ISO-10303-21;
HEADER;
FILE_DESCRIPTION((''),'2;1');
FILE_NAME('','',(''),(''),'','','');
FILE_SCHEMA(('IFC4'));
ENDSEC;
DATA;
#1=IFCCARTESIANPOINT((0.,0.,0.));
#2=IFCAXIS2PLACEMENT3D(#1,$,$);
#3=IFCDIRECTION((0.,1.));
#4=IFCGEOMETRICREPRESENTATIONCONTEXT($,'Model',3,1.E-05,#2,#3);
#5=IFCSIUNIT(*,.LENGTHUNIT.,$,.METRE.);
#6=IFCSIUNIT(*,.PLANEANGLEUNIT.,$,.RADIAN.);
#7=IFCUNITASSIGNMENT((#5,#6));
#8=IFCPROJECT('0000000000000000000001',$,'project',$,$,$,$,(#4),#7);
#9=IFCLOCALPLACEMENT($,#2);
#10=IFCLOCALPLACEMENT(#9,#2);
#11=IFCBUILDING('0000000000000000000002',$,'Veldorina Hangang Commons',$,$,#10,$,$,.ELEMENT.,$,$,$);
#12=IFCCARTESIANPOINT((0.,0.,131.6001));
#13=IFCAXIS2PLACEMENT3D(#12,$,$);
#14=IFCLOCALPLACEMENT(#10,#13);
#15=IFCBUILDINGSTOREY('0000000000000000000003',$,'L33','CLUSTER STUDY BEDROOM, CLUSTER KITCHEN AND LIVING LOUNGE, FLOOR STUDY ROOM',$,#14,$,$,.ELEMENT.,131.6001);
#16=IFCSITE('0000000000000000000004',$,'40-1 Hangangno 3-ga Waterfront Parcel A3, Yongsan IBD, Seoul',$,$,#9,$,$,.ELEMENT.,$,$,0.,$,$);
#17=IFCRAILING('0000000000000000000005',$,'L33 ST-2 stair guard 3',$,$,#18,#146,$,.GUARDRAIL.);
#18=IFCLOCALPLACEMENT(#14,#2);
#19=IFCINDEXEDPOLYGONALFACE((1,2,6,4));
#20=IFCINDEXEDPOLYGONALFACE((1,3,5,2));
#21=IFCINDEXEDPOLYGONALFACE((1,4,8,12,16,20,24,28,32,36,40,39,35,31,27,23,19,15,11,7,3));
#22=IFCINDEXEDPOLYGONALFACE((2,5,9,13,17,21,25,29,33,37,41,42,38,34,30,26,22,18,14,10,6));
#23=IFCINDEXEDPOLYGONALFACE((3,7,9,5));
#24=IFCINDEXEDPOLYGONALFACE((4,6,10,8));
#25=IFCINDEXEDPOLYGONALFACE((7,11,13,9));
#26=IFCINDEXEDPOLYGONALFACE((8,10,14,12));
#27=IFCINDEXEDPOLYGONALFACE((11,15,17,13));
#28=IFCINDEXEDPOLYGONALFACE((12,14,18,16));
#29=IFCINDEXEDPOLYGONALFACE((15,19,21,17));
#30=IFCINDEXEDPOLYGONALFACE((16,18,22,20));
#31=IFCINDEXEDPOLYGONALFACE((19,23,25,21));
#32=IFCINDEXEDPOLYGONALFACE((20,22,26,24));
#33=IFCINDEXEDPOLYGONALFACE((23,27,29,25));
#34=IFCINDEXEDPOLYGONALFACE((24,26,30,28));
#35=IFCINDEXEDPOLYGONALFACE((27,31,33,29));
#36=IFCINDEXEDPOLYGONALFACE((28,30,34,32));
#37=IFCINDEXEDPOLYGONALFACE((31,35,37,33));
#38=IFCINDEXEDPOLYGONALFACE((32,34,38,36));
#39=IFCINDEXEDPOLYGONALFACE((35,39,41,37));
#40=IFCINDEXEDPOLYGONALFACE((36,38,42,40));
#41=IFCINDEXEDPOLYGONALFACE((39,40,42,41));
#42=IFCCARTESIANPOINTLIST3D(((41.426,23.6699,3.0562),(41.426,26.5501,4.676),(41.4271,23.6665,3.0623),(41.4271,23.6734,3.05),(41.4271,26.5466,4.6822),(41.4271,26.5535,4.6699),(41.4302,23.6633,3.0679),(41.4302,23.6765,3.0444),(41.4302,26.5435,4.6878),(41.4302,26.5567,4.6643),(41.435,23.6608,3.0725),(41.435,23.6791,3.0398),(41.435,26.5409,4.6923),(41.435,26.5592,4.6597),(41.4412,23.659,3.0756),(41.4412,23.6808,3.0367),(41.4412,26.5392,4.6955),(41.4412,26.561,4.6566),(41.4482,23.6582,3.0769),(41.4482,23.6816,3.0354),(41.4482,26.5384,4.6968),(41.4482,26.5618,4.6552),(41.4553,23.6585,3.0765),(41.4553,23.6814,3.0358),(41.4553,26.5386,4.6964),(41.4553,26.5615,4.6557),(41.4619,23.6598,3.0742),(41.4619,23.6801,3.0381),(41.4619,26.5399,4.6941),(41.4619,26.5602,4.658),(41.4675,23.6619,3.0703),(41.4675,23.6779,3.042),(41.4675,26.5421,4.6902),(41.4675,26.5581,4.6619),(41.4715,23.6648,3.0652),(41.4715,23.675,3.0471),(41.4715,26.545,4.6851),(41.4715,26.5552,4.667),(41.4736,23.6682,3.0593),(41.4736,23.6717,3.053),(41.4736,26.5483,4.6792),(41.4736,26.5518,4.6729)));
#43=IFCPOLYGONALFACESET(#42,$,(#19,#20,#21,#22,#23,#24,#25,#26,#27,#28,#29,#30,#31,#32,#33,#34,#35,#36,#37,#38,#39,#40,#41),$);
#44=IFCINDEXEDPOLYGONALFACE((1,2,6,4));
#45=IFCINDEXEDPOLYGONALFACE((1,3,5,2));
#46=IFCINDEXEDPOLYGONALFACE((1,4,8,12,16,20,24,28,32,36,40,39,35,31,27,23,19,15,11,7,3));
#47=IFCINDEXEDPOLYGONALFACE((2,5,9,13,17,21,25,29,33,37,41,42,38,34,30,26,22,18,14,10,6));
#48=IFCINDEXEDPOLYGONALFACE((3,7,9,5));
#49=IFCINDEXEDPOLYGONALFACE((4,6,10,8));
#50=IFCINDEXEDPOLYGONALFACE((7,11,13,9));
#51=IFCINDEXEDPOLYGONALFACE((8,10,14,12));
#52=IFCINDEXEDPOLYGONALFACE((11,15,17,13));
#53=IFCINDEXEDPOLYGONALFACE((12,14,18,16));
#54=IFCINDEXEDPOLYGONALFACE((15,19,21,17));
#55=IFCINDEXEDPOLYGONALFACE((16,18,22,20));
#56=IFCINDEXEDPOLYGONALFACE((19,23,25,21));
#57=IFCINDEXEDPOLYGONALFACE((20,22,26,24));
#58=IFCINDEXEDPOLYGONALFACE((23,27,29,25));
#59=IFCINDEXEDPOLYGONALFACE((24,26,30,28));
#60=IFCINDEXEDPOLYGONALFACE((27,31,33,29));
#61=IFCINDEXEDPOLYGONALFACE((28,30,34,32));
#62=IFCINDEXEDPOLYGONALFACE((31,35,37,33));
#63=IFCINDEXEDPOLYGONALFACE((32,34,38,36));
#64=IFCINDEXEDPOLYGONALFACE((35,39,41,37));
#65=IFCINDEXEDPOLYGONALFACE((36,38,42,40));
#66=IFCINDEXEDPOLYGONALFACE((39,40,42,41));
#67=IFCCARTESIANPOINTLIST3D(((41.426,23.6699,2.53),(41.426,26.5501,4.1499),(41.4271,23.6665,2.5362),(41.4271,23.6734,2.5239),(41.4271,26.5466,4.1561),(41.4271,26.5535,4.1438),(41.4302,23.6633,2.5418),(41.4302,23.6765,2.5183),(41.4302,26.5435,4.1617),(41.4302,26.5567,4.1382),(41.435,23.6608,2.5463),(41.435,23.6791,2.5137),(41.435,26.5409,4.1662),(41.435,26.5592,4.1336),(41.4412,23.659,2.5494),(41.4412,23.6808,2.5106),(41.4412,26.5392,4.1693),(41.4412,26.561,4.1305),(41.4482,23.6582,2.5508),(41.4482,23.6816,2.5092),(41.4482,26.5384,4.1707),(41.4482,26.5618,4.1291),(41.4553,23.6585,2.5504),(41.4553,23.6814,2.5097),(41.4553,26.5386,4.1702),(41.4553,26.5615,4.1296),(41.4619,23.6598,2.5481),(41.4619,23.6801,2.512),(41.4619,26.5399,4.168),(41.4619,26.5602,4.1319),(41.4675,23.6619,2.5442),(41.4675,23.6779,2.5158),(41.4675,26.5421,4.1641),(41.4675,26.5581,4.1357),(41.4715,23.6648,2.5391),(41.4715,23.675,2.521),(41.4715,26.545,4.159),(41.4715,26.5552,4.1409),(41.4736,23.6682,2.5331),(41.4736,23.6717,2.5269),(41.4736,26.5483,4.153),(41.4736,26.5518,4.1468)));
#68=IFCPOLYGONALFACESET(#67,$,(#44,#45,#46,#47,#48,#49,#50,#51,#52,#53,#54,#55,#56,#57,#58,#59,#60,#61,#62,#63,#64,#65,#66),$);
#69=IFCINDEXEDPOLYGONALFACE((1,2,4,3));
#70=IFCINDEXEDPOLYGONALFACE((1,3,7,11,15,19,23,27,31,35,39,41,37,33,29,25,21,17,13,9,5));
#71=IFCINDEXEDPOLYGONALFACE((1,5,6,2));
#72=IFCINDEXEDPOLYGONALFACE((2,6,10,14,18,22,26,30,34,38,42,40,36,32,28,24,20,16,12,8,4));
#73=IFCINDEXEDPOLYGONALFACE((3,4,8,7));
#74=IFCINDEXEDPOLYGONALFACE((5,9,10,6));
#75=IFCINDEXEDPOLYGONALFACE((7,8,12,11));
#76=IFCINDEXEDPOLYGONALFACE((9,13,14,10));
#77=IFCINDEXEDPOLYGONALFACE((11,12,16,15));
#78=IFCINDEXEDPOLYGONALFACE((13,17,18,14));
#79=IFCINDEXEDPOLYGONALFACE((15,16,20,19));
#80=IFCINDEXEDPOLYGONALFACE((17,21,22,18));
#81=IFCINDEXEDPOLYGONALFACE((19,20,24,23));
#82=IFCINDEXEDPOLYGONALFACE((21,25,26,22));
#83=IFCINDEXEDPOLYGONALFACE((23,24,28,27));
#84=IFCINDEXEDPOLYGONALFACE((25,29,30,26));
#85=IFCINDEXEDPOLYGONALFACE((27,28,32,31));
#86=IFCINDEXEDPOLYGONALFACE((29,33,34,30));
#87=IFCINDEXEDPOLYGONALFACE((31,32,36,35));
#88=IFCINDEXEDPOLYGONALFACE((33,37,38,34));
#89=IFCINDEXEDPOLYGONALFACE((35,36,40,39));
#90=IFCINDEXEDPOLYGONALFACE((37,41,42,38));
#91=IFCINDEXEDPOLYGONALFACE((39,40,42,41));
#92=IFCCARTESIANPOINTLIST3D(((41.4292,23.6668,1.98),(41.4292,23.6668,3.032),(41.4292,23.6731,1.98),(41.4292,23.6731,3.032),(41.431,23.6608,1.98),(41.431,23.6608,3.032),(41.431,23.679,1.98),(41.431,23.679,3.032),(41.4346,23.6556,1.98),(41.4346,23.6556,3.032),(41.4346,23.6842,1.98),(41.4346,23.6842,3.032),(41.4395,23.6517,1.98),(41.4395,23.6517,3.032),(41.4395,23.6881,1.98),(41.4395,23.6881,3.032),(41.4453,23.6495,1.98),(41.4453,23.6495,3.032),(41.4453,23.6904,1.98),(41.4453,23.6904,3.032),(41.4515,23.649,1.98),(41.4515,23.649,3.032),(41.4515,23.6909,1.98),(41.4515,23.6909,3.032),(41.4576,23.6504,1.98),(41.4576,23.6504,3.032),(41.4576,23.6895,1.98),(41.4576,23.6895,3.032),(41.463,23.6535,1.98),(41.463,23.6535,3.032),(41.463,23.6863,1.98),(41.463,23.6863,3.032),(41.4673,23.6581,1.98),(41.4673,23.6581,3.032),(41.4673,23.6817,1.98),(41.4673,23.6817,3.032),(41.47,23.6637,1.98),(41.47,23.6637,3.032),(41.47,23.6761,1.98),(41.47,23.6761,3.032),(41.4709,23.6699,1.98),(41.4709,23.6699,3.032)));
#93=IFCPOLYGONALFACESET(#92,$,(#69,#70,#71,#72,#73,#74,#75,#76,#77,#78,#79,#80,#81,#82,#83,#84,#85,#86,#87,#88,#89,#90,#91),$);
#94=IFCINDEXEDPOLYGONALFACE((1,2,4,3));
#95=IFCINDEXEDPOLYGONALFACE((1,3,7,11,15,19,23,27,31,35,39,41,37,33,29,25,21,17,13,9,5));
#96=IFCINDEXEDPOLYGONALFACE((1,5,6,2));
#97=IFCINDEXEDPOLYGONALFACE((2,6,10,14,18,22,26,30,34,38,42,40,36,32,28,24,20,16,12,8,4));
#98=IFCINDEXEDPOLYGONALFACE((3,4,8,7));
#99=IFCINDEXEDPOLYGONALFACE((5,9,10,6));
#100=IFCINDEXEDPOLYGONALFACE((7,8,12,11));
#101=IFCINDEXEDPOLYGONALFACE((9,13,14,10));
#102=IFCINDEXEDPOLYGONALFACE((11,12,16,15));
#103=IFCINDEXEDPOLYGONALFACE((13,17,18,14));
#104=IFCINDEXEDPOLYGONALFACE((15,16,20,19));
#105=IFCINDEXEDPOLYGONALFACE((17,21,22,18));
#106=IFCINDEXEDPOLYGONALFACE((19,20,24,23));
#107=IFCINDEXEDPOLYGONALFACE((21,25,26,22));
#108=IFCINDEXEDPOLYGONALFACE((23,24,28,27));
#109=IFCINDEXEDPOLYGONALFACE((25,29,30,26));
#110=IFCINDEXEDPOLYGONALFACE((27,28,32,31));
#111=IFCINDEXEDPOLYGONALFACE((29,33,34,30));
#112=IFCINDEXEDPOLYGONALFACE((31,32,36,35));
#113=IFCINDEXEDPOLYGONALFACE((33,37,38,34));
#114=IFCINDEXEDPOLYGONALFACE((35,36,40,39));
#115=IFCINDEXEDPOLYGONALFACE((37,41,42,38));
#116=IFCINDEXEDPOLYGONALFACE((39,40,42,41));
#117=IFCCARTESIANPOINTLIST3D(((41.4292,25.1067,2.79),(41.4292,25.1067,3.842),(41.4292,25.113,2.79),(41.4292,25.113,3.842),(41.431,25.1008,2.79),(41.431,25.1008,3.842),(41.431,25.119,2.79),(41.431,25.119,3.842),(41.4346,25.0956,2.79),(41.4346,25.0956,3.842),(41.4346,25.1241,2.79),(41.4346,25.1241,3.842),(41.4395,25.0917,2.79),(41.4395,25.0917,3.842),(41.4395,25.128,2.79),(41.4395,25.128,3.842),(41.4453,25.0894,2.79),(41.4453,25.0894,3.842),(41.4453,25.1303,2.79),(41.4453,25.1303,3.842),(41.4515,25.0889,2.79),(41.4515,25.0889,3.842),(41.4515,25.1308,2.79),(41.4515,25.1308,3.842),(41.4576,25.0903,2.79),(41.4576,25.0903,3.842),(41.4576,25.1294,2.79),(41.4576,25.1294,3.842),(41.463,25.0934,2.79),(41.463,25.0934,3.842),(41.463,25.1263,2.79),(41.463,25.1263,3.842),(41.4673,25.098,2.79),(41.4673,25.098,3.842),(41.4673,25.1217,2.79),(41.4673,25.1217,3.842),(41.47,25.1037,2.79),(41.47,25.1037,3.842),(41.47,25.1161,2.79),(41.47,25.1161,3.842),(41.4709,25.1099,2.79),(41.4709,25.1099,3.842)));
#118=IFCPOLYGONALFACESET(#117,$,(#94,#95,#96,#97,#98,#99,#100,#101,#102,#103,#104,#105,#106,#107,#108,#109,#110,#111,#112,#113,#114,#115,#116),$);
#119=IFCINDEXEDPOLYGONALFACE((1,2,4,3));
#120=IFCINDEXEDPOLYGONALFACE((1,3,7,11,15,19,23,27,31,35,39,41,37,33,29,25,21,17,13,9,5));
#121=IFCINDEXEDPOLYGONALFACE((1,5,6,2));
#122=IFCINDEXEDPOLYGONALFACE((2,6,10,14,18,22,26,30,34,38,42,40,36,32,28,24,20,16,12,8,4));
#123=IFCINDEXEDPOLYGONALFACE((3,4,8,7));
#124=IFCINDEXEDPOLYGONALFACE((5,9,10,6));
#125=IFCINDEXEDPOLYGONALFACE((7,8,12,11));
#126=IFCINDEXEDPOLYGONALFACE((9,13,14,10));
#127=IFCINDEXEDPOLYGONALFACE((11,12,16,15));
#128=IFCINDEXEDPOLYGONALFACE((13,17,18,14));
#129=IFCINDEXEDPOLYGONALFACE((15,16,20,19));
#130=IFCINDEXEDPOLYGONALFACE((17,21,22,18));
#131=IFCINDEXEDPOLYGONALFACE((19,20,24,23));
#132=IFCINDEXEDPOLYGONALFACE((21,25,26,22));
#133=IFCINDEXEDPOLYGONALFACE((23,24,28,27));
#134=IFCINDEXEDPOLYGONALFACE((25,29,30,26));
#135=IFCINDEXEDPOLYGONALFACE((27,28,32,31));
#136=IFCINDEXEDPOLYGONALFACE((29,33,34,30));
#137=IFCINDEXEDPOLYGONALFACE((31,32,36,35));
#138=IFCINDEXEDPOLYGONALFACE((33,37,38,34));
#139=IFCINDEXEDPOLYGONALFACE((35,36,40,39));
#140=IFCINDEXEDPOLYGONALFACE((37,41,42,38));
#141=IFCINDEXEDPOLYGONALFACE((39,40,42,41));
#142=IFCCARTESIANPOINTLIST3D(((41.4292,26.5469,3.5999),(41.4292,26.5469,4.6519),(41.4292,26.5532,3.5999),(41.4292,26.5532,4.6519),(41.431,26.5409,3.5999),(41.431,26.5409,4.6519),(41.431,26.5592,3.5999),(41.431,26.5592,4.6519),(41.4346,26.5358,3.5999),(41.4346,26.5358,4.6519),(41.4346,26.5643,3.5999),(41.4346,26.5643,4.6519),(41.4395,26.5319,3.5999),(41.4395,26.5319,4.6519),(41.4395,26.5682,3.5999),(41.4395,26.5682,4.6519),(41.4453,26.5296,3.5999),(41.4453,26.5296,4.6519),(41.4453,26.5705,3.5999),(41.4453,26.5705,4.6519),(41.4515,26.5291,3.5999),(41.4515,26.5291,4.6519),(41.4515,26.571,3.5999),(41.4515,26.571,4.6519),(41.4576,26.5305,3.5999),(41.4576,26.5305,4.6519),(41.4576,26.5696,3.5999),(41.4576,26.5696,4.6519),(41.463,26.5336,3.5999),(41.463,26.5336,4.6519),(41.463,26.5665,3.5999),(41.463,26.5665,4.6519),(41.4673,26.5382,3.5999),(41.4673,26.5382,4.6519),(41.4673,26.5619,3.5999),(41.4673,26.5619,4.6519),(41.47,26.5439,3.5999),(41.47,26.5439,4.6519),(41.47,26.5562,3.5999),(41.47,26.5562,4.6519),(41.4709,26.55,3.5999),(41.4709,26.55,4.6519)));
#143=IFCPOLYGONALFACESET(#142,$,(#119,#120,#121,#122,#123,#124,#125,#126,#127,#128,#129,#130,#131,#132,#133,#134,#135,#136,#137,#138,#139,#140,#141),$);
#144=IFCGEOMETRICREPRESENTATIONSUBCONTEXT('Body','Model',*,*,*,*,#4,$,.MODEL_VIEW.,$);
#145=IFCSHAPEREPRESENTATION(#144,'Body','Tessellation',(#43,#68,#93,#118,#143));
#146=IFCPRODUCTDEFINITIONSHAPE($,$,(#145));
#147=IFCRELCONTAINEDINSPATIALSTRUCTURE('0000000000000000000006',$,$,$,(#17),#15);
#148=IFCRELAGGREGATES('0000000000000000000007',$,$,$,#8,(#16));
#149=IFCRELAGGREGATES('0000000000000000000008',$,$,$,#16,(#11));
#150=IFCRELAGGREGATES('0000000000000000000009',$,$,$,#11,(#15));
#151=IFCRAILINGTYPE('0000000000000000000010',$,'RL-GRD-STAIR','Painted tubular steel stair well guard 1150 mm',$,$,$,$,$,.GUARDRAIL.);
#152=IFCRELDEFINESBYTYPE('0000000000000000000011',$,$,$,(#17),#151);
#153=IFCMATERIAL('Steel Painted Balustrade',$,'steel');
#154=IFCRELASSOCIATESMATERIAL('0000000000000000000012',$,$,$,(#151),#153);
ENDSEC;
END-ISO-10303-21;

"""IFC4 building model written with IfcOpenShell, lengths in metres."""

from ifc_helpers import new_model, si_unit, direction, frame, origin, origin_2d, place, context, subcontext, project, spatial, circle, extrude, material, type_object, element, save


model = new_model("IFC4")

# Units and contexts
model_context = context("Model", 3, precision=1e-05, world=origin(), true_north=direction((0.0, 1.0)))
body_context = subcontext(model_context, "Body", "Model", "MODEL_VIEW")
ifc_project = project(units=[si_unit("LENGTHUNIT", "METRE"), si_unit("PLANEANGLEUNIT", "RADIAN")], contexts=[model_context])

# Site, building, storey
site_placement = place(None, origin())
site = spatial("IfcSite", under=ifc_project, at=site_placement, Name="40-1 Hangangno 3-ga Waterfront Parcel A3, Yongsan IBD, Seoul", CompositionType="ELEMENT", RefElevation=0.0)
building_placement = place(site_placement, origin())
building = spatial("IfcBuilding", under=site, at=building_placement, Name="Veldorina Hangang Commons", CompositionType="ELEMENT")
storey_placement = place(building_placement, frame((0.0, 0.0, 131.6001)))
storey = spatial("IfcBuildingStorey", under=building, at=storey_placement, Name="L33", Description="CLUSTER STUDY BEDROOM, CLUSTER KITCHEN AND LIVING LOUNGE, FLOOR STUDY ROOM", CompositionType="ELEMENT", Elevation=131.6001)

# Railing
ifc_material_1 = material(Name="Steel Painted Balustrade", Category="steel")
railing_type_1 = type_object("IfcRailingType", Name="RL-GRD-STAIR", Description="Painted tubular steel stair well guard 1150 mm", PredefinedType="GUARDRAIL", material=ifc_material_1)
railing_1_placement = place(storey_placement, frame((41.45, 23.6699, 1.98)))
element("IfcRailing", 1, at=railing_1_placement, inside=storey, type_object=railing_type_1, Name="L33 ST-2 stair guard 3", PredefinedType="GUARDRAIL", context=body_context, shape_type="SweptSolid", body=[
    extrude(circle(Radius=0.0239, at=origin_2d()), frame((0.0, 0.0, 1.0762), z_axis=(0.0, 0.871601, 0.490216), x_axis=(-1.0, 0.0, 0.0)), (0.0, 0.0, 1.0), 3.3044),
    extrude(circle(Radius=0.0239, at=origin_2d()), frame((0.0, 0.0, 0.55), z_axis=(0.0, 0.871601, 0.490216), x_axis=(-1.0, 0.0, 0.0)), (0.0, 0.0, 1.0), 3.3044),
    extrude(circle(Radius=0.021, at=origin_2d()), origin(), (0.0, 0.0, 1.0), 1.052),
    extrude(circle(Radius=0.021, at=origin_2d()), frame((0.0, 1.4399, 0.8101)), (0.0, 0.0, 1.0), 1.052),
    extrude(circle(Radius=0.021, at=origin_2d()), frame((0.0, 2.8801, 1.6199)), (0.0, 0.0, 1.0), 1.052),
])

save(model, "model.ifc")
